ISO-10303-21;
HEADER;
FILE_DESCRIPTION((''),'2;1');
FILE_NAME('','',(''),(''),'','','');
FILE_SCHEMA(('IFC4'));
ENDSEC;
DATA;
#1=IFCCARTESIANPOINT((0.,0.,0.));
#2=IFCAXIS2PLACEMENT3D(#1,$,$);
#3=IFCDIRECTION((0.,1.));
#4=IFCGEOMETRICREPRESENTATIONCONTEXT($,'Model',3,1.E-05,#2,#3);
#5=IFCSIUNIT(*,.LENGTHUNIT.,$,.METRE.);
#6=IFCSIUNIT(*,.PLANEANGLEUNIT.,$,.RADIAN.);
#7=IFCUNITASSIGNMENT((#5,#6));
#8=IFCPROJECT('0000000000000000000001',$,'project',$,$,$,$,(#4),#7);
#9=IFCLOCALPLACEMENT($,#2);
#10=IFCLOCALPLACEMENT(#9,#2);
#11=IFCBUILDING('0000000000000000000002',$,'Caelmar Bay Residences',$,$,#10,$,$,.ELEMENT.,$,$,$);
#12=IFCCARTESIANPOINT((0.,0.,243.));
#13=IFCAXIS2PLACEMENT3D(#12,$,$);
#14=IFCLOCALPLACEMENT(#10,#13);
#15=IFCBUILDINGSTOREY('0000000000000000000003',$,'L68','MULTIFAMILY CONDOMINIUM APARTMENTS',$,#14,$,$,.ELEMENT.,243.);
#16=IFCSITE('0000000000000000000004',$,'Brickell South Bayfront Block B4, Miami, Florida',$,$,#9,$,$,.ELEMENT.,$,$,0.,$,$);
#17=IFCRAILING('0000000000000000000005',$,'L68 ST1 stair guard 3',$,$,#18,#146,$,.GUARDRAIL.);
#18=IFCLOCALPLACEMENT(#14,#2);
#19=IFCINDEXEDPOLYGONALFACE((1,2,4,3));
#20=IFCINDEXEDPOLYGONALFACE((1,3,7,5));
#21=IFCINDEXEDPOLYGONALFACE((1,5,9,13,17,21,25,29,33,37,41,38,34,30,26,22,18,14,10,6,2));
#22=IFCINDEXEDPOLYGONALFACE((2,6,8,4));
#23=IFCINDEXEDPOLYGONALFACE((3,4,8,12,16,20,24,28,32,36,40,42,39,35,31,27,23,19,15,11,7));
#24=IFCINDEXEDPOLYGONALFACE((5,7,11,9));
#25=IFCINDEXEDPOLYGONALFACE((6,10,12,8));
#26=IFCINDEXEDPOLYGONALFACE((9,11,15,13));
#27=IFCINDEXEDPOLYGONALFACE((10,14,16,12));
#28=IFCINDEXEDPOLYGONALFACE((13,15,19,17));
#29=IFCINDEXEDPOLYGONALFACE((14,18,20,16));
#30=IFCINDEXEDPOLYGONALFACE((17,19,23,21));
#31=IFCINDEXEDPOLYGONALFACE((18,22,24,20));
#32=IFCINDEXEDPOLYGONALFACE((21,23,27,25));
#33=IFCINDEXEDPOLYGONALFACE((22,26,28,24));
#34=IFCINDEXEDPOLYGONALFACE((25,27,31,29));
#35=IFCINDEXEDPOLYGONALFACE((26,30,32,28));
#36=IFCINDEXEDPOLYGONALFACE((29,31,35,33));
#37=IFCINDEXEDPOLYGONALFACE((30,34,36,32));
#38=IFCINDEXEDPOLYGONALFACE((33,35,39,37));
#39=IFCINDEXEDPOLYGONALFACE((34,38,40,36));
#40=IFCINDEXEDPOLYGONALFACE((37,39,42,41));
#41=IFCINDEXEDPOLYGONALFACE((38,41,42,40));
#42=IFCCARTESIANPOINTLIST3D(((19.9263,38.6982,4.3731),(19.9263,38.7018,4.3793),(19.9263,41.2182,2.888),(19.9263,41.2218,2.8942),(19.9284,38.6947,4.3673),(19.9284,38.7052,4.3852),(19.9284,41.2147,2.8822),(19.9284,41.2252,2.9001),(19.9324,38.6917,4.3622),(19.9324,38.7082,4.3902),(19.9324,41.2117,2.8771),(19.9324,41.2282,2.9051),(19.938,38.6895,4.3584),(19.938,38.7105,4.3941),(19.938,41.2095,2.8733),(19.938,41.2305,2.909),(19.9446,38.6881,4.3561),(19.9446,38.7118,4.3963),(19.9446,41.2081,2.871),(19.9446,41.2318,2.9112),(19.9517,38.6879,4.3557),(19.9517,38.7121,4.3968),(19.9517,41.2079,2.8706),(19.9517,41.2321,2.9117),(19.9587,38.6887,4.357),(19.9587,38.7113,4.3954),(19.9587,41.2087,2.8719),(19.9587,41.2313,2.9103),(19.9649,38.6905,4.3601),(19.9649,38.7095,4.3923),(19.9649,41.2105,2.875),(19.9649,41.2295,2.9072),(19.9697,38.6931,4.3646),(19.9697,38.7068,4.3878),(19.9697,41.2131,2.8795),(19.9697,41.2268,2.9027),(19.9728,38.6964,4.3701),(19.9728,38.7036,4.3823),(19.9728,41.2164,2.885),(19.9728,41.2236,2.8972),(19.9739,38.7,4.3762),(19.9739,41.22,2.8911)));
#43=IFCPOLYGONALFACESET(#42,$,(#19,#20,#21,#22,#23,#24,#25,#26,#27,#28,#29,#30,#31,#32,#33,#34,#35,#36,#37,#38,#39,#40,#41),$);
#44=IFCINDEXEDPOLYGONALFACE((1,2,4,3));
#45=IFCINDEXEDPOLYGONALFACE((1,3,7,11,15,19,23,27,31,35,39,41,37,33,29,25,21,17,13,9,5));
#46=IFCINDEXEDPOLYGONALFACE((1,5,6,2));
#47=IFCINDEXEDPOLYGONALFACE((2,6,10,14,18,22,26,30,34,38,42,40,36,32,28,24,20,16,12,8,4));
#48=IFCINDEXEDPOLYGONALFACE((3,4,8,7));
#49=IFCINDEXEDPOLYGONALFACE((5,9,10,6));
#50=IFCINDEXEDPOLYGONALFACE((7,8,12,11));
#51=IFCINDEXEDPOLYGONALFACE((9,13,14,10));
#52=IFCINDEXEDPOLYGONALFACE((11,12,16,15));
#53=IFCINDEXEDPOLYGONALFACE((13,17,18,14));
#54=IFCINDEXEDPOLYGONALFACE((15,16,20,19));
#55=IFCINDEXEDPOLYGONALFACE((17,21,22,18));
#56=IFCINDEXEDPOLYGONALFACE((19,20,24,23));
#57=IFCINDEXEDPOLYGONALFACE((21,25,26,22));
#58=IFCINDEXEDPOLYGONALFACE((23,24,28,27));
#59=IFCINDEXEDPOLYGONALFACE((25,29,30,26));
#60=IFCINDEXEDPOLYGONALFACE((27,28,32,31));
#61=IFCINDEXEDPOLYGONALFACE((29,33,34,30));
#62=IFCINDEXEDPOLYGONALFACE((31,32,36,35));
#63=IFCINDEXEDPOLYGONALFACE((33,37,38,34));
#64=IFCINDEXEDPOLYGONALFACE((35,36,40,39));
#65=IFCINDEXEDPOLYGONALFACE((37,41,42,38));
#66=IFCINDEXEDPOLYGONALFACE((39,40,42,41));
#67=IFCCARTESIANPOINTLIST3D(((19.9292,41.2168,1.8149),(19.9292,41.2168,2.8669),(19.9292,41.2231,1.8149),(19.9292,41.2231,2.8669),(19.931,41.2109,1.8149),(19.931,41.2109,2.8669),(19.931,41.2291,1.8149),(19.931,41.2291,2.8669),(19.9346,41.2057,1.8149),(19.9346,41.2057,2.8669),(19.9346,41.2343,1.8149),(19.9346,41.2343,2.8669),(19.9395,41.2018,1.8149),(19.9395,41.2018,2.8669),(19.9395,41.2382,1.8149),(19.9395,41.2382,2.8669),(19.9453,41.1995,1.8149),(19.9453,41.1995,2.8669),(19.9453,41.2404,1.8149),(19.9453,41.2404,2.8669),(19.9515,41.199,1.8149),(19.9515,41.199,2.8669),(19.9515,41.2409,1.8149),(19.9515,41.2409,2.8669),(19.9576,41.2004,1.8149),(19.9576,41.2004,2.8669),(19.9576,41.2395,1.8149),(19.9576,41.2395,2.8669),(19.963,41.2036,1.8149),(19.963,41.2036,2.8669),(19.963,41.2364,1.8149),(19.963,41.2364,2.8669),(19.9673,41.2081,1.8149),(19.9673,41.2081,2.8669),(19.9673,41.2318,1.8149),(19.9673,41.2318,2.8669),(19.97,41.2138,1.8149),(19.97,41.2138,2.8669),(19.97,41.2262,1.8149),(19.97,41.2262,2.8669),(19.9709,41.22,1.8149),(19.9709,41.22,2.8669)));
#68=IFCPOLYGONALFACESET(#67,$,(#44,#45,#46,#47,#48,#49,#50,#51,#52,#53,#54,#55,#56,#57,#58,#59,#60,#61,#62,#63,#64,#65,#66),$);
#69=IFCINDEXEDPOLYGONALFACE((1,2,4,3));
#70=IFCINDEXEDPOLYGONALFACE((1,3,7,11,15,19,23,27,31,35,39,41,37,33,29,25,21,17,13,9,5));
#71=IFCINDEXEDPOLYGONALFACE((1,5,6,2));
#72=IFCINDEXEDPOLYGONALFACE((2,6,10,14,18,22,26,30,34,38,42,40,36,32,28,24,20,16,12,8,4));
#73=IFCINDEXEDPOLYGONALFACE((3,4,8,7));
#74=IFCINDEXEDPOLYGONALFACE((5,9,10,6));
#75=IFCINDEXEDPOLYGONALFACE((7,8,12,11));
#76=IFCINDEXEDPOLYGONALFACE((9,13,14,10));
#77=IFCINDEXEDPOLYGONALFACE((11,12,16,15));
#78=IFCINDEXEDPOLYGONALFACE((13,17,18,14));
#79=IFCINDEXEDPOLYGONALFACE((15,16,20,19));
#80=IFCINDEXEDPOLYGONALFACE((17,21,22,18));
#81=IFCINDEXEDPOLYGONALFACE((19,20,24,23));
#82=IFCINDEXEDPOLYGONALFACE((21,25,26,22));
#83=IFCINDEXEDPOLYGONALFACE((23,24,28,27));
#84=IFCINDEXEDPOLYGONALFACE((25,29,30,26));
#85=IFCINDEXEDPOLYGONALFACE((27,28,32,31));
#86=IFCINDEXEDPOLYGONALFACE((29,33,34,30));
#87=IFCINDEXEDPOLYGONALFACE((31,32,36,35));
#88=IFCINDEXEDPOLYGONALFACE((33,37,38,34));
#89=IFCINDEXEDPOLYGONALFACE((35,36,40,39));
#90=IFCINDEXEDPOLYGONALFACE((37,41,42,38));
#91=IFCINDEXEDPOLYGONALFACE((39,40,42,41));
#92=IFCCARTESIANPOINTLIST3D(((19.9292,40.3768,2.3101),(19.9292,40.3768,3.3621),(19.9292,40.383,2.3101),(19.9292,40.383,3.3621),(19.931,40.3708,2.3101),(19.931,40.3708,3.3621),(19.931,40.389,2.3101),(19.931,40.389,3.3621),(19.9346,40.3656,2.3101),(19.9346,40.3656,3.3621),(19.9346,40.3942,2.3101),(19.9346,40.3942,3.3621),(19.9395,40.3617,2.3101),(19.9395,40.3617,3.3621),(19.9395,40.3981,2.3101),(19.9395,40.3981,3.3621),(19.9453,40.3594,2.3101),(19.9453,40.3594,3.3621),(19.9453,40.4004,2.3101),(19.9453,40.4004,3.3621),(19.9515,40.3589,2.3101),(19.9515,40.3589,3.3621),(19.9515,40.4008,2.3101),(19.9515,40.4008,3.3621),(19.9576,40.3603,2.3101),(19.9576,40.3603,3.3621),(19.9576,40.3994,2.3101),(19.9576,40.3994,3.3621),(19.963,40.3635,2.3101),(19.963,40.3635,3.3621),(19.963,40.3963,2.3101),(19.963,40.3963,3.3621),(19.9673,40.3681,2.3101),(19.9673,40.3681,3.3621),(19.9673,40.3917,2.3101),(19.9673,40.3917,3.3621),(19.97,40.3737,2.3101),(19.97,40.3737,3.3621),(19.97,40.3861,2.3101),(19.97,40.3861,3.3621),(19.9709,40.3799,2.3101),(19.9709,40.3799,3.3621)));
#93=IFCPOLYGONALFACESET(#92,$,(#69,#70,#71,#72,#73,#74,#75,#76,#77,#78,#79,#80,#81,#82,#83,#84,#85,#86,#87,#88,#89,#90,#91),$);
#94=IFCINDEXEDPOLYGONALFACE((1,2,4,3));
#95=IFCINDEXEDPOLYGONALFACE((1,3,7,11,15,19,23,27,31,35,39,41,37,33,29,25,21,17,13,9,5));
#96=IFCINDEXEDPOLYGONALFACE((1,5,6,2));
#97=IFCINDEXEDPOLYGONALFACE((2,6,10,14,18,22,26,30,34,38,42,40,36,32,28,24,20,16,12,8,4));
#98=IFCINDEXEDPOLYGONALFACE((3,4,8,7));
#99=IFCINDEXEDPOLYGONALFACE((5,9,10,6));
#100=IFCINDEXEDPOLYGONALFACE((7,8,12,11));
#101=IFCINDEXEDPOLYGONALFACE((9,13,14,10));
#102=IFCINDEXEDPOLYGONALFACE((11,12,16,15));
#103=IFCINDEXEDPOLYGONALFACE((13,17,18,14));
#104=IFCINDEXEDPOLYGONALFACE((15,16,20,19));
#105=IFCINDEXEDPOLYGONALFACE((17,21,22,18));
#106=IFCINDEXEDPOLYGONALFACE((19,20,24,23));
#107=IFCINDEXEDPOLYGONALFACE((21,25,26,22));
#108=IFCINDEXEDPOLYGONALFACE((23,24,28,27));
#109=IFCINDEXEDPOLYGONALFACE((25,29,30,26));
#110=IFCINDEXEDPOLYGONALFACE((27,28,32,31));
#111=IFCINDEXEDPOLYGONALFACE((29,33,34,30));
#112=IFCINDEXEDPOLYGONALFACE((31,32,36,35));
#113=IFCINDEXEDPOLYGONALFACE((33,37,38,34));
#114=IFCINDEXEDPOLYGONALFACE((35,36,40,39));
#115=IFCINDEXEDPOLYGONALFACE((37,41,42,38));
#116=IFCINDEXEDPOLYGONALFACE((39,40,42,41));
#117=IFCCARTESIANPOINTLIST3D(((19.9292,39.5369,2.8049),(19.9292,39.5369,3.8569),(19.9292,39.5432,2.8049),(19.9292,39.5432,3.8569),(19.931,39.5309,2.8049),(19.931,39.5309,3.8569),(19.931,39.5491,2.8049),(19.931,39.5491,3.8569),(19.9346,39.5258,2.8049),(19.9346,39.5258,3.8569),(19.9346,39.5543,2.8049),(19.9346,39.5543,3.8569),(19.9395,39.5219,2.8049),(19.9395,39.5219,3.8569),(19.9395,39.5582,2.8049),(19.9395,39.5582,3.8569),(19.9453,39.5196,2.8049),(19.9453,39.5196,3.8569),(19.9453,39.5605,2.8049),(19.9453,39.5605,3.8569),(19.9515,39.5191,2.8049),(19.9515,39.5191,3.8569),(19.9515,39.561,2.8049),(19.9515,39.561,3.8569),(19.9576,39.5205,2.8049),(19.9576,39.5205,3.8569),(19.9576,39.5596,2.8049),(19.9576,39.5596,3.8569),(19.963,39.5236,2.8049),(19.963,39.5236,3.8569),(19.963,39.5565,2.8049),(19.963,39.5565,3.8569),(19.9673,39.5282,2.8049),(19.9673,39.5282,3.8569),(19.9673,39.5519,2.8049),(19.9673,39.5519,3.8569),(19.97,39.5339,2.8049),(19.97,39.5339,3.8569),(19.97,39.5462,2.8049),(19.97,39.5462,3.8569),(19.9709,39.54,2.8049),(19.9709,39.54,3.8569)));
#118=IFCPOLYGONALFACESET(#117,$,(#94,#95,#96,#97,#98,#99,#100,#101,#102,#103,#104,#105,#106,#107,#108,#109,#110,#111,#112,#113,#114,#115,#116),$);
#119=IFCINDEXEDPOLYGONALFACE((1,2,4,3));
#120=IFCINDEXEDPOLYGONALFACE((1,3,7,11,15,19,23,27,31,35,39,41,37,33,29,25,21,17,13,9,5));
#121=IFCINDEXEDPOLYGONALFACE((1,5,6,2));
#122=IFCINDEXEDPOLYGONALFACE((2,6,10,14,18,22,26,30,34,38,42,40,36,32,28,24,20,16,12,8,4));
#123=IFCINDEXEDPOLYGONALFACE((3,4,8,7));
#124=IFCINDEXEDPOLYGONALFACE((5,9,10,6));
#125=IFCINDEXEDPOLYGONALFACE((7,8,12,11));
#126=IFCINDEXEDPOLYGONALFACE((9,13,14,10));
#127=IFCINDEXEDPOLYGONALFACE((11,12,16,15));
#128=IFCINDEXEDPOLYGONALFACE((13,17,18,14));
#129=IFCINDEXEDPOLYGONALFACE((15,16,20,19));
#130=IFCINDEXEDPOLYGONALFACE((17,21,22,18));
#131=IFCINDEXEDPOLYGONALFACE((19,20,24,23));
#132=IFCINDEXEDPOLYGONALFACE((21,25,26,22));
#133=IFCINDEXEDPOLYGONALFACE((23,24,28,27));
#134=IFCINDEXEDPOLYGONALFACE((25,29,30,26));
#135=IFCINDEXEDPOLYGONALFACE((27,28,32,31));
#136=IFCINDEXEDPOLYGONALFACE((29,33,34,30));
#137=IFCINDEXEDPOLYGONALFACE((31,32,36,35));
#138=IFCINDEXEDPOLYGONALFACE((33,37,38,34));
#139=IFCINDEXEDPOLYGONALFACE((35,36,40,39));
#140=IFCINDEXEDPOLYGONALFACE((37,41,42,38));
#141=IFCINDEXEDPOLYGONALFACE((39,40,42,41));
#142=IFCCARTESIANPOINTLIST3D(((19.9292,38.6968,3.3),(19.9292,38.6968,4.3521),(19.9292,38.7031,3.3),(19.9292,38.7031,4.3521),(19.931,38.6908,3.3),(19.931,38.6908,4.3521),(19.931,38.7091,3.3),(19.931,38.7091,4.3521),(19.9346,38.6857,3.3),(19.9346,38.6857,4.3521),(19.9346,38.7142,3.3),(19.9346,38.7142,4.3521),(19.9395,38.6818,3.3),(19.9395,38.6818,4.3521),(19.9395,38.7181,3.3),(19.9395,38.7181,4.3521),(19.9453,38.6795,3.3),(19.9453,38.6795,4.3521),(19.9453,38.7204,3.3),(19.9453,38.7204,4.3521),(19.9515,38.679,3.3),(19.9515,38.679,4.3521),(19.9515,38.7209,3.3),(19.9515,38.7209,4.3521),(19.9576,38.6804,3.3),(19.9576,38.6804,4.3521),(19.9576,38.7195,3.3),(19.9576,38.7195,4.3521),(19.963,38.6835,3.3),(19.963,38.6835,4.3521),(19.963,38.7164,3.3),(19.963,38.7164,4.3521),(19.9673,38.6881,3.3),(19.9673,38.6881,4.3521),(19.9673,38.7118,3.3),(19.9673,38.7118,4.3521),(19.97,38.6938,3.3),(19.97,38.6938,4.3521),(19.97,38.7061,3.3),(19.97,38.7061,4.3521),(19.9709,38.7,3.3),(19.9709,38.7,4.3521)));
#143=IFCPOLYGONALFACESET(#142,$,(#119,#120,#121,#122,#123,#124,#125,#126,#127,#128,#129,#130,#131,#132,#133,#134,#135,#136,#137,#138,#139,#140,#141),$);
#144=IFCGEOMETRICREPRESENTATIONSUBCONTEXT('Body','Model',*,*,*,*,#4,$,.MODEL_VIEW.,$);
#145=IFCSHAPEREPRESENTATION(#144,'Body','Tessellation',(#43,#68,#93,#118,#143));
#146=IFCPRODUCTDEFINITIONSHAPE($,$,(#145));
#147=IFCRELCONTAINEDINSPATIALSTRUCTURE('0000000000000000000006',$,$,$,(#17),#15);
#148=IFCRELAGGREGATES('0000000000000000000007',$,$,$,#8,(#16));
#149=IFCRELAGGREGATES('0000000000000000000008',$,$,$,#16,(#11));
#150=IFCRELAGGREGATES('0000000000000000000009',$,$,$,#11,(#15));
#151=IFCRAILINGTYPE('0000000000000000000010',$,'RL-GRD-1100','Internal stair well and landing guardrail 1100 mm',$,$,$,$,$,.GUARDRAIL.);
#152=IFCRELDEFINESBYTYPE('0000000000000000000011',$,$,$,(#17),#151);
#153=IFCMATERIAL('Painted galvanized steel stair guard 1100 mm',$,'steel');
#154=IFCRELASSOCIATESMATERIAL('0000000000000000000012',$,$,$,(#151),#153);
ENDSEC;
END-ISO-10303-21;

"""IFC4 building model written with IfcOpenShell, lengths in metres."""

from ifc_helpers import new_model, si_unit, direction, frame, origin, origin_2d, place, context, subcontext, project, spatial, circle, extrude, material, type_object, element, save


model = new_model("IFC4")

# Units and contexts
model_context = context("Model", 3, precision=1e-05, world=origin(), true_north=direction((0.0, 1.0)))
body_context = subcontext(model_context, "Body", "Model", "MODEL_VIEW")
ifc_project = project(units=[si_unit("LENGTHUNIT", "METRE"), si_unit("PLANEANGLEUNIT", "RADIAN")], contexts=[model_context])

# Site, building, storey
site_placement = place(None, origin())
site = spatial("IfcSite", under=ifc_project, at=site_placement, Name="Brickell South Bayfront Block B4, Miami, Florida", CompositionType="ELEMENT", RefElevation=0.0)
building_placement = place(site_placement, origin())
building = spatial("IfcBuilding", under=site, at=building_placement, Name="Caelmar Bay Residences", CompositionType="ELEMENT")
storey_placement = place(building_placement, frame((0.0, 0.0, 243.0)))
storey = spatial("IfcBuildingStorey", under=building, at=storey_placement, Name="L68", Description="MULTIFAMILY CONDOMINIUM APARTMENTS", CompositionType="ELEMENT", Elevation=243.0)

# Railing
ifc_material_1 = material(Name="Painted galvanized steel stair guard 1100 mm", Category="steel")
railing_type_1 = type_object("IfcRailingType", Name="RL-GRD-1100", Description="Internal stair well and landing guardrail 1100 mm", PredefinedType="GUARDRAIL", material=ifc_material_1)
railing_1_placement = place(storey_placement, frame((19.95, 41.22, 1.8149)))
element("IfcRailing", 1, at=railing_1_placement, inside=storey, type_object=railing_type_1, Name="L68 ST1 stair guard 3", PredefinedType="GUARDRAIL", context=body_context, shape_type="SweptSolid", body=[
    extrude(circle(Radius=0.0239, at=origin_2d()), frame((0.0, 0.0, 1.0762), z_axis=(0.0, -0.861524, 0.507717), x_axis=(1.0, 0.0, 0.0)), (0.0, 0.0, 1.0), 2.925),
    extrude(circle(Radius=0.021, at=origin_2d()), origin(), (0.0, 0.0, 1.0), 1.052),
    extrude(circle(Radius=0.021, at=origin_2d()), frame((0.0, -0.8401, 0.4951)), (0.0, 0.0, 1.0), 1.052),
    extrude(circle(Radius=0.021, at=origin_2d()), frame((0.0, -1.6799, 0.99)), (0.0, 0.0, 1.0), 1.052),
    extrude(circle(Radius=0.021, at=origin_2d()), frame((0.0, -2.52, 1.4851)), (0.0, 0.0, 1.0), 1.052),
])

save(model, "model.ifc")
